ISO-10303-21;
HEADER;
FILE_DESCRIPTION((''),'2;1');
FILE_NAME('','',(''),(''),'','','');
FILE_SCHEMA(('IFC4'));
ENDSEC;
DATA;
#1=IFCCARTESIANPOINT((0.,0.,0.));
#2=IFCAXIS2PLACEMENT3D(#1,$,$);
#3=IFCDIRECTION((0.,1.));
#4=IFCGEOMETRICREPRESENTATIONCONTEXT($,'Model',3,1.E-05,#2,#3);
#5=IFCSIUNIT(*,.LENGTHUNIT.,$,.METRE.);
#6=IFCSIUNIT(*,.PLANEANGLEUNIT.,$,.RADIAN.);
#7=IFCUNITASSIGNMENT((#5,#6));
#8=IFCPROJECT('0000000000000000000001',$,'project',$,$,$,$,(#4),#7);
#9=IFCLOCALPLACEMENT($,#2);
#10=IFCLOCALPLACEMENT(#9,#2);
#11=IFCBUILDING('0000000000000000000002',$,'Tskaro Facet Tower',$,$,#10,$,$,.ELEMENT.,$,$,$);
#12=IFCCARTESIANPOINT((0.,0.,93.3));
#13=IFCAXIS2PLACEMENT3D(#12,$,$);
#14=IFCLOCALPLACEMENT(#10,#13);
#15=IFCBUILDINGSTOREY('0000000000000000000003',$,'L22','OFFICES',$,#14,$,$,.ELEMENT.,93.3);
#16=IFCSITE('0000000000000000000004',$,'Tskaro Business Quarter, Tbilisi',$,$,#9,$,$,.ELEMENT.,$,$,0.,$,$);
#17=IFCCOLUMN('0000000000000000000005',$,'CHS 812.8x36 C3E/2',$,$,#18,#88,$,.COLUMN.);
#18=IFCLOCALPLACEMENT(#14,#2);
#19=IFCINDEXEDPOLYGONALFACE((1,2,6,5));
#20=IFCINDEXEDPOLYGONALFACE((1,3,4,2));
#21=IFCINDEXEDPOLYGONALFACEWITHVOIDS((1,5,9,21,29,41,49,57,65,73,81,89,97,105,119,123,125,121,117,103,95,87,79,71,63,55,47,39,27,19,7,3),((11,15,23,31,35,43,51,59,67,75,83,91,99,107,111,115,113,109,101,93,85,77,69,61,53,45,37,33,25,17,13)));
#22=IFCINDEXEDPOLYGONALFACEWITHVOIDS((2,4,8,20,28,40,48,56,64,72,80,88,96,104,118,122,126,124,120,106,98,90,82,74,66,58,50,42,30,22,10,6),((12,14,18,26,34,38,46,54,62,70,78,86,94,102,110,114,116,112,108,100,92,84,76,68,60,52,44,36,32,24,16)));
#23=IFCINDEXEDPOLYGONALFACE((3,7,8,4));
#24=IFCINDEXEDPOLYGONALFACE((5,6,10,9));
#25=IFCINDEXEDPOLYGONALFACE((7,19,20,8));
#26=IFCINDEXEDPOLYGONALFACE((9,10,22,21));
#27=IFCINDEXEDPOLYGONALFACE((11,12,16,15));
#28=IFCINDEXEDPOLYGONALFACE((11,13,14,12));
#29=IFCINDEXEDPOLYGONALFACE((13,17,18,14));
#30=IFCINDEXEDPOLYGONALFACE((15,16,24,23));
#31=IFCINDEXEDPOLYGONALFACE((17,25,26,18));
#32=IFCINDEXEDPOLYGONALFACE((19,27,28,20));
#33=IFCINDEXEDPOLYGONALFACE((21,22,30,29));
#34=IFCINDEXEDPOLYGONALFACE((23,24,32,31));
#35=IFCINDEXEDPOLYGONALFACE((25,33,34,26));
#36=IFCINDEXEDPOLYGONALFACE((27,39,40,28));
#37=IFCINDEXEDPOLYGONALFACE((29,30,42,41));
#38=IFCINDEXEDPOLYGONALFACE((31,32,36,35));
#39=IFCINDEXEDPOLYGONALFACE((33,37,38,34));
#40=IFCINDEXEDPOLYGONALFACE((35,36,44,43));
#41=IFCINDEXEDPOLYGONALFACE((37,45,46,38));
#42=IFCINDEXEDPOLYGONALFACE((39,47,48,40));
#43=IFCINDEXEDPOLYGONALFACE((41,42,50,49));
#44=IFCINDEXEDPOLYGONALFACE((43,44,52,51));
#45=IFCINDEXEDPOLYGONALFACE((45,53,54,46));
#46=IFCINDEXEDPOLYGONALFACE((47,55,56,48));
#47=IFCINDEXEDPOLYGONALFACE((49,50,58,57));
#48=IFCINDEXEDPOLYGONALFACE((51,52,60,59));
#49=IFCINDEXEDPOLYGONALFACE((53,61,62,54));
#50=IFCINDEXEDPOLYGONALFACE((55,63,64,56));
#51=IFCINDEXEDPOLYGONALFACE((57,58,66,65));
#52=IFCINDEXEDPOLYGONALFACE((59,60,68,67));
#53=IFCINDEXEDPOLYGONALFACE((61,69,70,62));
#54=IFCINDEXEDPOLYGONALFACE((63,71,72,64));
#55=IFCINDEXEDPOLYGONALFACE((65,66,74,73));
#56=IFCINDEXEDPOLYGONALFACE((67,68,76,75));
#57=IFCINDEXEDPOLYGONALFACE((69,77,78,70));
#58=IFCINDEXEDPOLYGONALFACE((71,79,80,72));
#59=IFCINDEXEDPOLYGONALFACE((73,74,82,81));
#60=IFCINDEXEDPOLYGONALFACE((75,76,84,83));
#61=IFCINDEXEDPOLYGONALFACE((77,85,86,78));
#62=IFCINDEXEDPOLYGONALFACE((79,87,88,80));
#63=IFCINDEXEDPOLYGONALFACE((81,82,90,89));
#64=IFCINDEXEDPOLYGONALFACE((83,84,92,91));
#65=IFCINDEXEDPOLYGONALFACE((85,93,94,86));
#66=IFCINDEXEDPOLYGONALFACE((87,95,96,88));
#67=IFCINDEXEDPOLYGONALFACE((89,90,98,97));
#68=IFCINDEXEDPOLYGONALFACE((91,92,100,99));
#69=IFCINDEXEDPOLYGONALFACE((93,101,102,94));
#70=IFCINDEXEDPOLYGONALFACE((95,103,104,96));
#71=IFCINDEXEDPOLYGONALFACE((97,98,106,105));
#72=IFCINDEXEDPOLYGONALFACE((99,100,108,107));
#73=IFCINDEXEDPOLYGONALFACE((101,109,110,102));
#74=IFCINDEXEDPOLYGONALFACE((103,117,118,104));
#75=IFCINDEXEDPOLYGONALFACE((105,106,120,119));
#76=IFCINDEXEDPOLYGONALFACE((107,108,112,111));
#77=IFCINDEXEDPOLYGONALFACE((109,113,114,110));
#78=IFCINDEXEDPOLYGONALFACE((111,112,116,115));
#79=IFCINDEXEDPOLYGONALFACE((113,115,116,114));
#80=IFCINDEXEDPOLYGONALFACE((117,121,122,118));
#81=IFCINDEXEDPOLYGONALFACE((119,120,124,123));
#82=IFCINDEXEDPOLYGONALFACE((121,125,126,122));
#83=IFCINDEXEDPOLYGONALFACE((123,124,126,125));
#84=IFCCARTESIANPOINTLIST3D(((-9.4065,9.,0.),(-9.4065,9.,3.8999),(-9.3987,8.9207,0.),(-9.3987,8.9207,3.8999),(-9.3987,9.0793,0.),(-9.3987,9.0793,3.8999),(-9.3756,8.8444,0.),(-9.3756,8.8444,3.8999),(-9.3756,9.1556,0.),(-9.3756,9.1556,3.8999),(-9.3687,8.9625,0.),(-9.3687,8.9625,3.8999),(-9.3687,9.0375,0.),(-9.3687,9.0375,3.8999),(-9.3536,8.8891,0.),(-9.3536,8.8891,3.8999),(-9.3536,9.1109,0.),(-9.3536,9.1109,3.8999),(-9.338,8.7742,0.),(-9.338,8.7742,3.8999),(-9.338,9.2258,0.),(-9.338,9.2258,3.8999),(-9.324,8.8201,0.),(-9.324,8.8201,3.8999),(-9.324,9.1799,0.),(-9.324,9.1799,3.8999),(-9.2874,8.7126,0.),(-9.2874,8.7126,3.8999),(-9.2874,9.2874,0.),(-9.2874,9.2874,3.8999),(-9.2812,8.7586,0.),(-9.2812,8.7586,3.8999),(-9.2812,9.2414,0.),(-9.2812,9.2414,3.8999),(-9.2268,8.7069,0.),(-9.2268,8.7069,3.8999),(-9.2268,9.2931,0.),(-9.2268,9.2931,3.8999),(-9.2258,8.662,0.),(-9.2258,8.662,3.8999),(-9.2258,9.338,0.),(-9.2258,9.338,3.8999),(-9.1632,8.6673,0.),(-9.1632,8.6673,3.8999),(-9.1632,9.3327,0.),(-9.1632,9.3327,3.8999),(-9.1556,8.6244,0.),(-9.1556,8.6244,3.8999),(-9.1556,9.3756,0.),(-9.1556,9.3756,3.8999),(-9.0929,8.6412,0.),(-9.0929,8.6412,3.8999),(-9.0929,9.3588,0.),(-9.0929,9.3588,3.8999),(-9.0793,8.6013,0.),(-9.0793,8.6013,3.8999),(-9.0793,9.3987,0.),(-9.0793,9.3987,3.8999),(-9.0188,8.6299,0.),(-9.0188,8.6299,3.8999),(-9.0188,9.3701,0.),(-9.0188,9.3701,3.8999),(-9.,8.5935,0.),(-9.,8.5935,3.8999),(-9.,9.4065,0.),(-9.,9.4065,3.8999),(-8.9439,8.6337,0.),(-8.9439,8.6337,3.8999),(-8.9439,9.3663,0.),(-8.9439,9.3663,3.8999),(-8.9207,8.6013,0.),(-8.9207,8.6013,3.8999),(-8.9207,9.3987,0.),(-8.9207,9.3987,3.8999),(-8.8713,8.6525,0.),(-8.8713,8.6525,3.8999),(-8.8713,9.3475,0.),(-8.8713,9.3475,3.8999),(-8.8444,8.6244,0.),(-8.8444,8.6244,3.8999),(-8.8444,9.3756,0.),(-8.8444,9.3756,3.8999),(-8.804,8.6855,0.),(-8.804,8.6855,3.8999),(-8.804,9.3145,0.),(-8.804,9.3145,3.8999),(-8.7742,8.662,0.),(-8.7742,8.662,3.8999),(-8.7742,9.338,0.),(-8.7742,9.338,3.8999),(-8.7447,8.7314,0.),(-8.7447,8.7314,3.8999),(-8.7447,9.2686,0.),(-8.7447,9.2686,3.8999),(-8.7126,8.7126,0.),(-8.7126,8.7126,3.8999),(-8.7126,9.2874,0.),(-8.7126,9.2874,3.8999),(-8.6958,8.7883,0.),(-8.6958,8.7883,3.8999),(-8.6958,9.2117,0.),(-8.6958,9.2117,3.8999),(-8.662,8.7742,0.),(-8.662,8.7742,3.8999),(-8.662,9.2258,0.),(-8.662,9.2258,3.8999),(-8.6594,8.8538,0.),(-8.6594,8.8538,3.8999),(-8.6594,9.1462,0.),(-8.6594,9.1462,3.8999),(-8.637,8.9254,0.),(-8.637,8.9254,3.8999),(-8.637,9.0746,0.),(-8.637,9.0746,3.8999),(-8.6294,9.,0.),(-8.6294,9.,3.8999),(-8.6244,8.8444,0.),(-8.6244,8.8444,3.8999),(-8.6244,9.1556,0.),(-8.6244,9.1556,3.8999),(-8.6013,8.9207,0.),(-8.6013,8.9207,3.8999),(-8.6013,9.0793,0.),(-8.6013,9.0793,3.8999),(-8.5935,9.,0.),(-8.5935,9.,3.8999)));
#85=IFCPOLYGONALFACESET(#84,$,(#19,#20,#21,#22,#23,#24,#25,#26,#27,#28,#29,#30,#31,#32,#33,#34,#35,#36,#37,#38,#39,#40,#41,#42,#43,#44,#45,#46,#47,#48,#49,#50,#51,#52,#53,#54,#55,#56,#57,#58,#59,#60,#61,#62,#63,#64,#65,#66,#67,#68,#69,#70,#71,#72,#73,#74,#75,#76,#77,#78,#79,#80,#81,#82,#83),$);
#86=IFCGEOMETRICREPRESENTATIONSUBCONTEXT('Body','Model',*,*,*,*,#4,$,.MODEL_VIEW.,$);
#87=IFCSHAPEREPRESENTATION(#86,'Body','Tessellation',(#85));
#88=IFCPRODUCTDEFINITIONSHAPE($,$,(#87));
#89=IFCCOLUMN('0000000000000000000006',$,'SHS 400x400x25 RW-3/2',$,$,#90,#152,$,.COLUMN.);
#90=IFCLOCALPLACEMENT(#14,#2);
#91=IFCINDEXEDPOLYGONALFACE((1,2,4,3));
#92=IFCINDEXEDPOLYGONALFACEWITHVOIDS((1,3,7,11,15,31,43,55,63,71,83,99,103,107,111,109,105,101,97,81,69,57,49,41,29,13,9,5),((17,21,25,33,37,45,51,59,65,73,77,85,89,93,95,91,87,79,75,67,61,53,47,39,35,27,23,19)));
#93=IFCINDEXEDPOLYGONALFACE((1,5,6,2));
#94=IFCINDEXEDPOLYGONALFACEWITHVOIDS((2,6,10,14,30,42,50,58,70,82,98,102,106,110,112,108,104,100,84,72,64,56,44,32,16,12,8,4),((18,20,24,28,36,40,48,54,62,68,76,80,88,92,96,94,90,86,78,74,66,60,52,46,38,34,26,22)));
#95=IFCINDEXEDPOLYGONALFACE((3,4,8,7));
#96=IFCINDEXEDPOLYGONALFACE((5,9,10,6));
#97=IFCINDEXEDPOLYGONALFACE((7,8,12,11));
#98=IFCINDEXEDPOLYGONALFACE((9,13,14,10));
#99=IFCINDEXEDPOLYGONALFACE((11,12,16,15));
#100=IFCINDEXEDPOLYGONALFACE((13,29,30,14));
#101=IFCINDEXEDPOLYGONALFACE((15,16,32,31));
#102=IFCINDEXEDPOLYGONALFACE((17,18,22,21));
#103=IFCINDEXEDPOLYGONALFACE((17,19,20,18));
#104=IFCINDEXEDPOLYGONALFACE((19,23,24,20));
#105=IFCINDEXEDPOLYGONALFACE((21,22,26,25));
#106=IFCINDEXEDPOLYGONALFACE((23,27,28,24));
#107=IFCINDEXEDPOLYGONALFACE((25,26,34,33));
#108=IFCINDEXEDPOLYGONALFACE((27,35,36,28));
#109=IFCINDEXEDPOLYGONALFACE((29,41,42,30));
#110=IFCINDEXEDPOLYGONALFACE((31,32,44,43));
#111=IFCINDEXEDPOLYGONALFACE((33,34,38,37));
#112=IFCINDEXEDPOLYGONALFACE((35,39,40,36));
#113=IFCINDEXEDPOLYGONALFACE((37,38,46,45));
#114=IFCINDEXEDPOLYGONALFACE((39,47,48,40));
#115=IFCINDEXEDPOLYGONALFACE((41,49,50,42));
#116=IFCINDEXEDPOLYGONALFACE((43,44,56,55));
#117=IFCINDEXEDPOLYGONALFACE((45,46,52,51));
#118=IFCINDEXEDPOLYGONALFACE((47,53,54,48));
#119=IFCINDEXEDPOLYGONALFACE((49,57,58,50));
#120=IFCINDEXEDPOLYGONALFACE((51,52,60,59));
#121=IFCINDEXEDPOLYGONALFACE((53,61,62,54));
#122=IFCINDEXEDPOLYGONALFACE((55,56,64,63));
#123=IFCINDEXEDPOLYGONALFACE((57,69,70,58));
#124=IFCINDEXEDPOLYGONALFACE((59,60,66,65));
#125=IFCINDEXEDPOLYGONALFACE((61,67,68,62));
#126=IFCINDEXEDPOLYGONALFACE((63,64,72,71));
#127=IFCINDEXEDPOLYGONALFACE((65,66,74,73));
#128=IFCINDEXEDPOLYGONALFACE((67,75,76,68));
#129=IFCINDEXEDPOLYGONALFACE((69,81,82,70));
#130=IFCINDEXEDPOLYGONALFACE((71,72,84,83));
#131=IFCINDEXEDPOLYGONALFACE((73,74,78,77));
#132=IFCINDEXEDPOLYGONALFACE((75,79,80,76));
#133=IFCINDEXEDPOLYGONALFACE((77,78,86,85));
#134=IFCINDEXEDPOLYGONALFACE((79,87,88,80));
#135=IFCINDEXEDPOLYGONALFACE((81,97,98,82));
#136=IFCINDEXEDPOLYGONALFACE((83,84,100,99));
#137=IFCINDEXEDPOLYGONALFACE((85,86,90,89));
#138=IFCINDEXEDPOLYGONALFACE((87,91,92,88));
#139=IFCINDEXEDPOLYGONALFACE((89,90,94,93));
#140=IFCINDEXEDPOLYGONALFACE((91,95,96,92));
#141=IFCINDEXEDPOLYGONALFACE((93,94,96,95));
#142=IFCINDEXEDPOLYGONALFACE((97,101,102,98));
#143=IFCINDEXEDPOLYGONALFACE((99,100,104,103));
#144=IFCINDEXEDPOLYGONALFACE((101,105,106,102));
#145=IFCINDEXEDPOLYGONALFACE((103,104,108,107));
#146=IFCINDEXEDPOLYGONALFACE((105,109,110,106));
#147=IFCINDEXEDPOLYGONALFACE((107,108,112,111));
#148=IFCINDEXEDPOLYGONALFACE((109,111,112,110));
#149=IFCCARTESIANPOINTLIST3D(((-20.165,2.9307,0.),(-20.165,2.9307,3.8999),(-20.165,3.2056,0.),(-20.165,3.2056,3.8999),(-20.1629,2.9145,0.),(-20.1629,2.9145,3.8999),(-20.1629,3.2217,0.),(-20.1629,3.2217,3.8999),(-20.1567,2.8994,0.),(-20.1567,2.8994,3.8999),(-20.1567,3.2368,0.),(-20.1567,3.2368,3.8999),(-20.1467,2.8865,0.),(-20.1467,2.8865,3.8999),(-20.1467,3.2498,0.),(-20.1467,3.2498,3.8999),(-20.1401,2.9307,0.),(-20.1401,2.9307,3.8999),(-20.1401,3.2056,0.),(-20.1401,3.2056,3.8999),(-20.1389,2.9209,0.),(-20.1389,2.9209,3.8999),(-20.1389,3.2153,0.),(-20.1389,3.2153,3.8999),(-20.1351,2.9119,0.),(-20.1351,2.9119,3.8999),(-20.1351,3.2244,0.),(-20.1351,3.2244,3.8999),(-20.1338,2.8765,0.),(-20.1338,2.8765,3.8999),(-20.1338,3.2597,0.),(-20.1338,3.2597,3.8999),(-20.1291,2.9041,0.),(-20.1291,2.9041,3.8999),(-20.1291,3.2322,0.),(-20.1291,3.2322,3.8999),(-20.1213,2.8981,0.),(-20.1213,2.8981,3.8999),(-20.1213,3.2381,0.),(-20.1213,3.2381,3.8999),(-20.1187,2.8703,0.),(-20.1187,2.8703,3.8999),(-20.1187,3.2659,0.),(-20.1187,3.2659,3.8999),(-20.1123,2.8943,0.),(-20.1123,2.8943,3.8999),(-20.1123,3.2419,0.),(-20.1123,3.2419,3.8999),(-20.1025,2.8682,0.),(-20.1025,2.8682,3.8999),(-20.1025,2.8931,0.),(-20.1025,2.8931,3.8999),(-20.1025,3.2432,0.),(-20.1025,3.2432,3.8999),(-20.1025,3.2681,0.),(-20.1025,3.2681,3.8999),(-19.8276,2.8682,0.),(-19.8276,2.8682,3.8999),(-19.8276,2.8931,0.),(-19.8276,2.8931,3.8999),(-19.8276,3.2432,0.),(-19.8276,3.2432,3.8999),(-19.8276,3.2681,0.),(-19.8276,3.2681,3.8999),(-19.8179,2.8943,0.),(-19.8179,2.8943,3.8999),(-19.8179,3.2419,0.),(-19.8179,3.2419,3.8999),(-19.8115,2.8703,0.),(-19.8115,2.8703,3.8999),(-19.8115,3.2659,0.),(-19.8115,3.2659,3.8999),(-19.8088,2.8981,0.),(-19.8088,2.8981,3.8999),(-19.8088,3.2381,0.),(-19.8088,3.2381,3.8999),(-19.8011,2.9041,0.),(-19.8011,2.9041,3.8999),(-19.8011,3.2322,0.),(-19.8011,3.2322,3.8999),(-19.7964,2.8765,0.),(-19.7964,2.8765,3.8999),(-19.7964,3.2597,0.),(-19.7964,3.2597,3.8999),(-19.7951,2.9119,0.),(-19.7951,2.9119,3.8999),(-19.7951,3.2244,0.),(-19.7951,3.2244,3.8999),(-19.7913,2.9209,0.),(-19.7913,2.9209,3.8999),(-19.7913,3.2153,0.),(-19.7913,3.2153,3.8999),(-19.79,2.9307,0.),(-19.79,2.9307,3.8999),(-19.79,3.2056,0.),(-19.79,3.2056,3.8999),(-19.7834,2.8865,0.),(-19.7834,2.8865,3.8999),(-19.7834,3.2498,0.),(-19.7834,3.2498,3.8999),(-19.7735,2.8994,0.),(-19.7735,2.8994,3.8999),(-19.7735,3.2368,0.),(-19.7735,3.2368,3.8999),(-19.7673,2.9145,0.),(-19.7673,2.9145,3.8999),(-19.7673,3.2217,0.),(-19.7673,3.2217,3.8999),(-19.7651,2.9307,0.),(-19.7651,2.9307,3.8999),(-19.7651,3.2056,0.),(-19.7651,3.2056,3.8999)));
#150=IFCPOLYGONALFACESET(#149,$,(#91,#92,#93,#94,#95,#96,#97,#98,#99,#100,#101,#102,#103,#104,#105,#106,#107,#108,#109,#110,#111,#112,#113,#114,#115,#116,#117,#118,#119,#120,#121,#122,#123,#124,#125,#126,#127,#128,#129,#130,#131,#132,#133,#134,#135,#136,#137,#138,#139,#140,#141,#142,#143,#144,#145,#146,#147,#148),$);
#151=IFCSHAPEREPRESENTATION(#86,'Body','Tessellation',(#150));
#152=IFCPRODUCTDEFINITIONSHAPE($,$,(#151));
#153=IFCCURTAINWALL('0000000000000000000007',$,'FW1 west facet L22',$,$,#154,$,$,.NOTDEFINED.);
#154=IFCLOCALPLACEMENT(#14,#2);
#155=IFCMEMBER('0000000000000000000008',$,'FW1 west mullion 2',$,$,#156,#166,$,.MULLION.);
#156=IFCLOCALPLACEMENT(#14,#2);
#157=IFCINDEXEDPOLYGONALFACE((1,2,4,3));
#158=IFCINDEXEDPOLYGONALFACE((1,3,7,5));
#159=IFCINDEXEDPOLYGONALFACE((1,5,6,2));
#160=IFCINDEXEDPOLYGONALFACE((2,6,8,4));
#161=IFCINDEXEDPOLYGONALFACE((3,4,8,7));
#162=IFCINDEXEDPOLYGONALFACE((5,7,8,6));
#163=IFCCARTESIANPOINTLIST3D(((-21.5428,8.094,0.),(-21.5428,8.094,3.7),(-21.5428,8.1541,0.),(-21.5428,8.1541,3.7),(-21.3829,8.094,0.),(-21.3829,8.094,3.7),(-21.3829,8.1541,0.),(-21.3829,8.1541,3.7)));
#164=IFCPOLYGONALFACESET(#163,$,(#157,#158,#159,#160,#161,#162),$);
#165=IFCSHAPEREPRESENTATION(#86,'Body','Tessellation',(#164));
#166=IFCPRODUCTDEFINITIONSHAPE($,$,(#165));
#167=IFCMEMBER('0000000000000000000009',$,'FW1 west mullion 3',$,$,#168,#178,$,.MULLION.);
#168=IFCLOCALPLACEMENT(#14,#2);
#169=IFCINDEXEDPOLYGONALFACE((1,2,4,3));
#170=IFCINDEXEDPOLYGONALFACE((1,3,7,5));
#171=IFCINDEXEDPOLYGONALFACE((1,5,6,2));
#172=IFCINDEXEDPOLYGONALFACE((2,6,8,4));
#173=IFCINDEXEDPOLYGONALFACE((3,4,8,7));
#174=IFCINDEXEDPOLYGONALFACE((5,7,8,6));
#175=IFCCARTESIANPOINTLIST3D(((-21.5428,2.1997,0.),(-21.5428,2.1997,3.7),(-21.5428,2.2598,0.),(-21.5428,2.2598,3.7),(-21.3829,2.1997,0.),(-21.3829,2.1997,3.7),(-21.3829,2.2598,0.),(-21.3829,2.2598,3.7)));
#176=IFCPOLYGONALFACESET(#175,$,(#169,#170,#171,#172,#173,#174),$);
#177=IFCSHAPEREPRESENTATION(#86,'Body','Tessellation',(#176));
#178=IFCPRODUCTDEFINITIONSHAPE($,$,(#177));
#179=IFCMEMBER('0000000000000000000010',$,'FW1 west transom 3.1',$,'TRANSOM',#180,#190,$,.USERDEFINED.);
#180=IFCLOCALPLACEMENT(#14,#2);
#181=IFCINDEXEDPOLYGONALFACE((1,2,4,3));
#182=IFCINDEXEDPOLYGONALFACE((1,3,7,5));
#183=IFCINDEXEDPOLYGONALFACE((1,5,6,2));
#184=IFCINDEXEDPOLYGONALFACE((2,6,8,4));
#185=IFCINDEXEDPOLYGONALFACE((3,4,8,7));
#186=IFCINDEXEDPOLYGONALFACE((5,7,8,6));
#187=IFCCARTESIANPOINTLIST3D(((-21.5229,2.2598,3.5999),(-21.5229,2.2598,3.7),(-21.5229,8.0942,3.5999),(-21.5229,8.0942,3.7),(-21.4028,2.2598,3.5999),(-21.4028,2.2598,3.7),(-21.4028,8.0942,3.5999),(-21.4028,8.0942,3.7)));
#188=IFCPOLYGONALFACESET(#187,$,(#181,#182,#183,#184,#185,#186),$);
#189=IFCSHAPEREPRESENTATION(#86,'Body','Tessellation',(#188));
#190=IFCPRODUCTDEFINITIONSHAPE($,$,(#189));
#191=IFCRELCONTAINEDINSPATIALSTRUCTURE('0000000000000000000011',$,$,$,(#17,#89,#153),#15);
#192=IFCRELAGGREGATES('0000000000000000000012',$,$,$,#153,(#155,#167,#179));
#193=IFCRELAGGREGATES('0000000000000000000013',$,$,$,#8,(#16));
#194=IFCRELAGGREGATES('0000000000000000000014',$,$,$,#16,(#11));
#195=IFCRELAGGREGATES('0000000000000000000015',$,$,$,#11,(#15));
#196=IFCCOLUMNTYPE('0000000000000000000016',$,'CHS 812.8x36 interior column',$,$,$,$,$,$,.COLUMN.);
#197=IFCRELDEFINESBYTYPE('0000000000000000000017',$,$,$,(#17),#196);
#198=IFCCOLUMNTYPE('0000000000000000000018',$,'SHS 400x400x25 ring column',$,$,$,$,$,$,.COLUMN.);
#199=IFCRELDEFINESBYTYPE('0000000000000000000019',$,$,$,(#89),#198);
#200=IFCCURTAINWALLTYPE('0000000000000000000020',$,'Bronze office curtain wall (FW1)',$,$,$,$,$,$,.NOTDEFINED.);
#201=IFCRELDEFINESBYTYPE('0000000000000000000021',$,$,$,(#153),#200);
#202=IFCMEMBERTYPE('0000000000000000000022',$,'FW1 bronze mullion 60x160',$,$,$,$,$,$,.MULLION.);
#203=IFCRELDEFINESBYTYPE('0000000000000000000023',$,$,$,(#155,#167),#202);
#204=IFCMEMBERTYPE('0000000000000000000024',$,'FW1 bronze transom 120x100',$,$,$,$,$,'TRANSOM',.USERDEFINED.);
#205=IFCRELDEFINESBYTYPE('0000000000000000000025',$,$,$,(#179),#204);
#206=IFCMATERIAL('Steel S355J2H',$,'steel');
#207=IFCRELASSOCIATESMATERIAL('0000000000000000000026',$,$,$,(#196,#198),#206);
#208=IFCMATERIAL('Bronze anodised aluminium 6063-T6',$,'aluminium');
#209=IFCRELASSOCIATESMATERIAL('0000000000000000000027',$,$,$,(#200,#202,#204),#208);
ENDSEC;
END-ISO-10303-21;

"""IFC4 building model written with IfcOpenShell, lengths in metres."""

from ifc_helpers import new_model, si_unit, direction, frame, origin, origin_2d, place, context, subcontext, project, spatial, rectangle, hollow_rectangle, hollow_circle, extrude, material, material_profile, profile_set, type_object, element, aggregate, save


model = new_model("IFC4")

# Units and contexts
model_context = context("Model", 3, precision=1e-05, world=origin(), true_north=direction((0.0, 1.0)))
body_context = subcontext(model_context, "Body", "Model", "MODEL_VIEW")
ifc_project = project(units=[si_unit("LENGTHUNIT", "METRE"), si_unit("PLANEANGLEUNIT", "RADIAN")], contexts=[model_context])

# Site, building, storey
site_placement = place(None, origin())
site = spatial("IfcSite", under=ifc_project, at=site_placement, Name="Tskaro Business Quarter, Tbilisi", CompositionType="ELEMENT", RefElevation=0.0)
building_placement = place(site_placement, origin())
building = spatial("IfcBuilding", under=site, at=building_placement, Name="Tskaro Facet Tower", CompositionType="ELEMENT")
storey_placement = place(building_placement, frame((0.0, 0.0, 93.3)))
storey = spatial("IfcBuildingStorey", under=building, at=storey_placement, Name="L22", Description="OFFICES", CompositionType="ELEMENT", Elevation=93.3)

# Columns
ifc_material_1 = material(Name="Steel S355J2H", Category="steel")
ifc_material_profile_1 = material_profile(ifc_material_1, hollow_circle(Radius=0.4065, WallThickness=0.0359, at=origin_2d()), Name="CHS 812.8x36")
ifc_profile_set_1 = profile_set([ifc_material_profile_1], Name="Steel S355J2H")
column_type_1 = type_object("IfcColumnType", Name="CHS 812.8x36 interior column", PredefinedType="COLUMN", material=ifc_profile_set_1)
column_1_placement = place(storey_placement, frame((-9.0, 9.0, 0.0), z_axis=(0.0, 0.0, 1.0), x_axis=(1.0, 0.0, 0.0)))
element("IfcColumn", 1, at=column_1_placement, inside=storey, type_object=column_type_1, Name="CHS 812.8x36 C3E/2", PredefinedType="COLUMN", context=body_context, shape_type="SweptSolid", body=[
    extrude(hollow_circle(Radius=0.4065, WallThickness=0.0359, at=origin_2d()), origin(), (0.0, 0.0, 1.0), 3.8999),
])
ifc_material_profile_2 = material_profile(ifc_material_1, hollow_rectangle(XDim=0.3999, YDim=0.3999, WallThickness=0.0249, InnerFilletRadius=0.0376, OuterFilletRadius=0.0625, at=origin_2d()), Name="SHS 400x400x25")
ifc_profile_set_2 = profile_set([ifc_material_profile_2], Name="Steel S355J2H")
column_type_2 = type_object("IfcColumnType", Name="SHS 400x400x25 ring column", PredefinedType="COLUMN", material=ifc_profile_set_2)
column_2_placement = place(storey_placement, frame((-19.9651, 3.0681, 0.0), z_axis=(0.0, 0.0, 1.0), x_axis=(1.0, 0.0, 0.0)))
element("IfcColumn", 2, at=column_2_placement, inside=storey, type_object=column_type_2, Name="SHS 400x400x25 RW-3/2", PredefinedType="COLUMN", context=body_context, shape_type="SweptSolid", body=[
    extrude(hollow_rectangle(XDim=0.3999, YDim=0.3999, WallThickness=0.0249, InnerFilletRadius=0.0376, OuterFilletRadius=0.0625, at=origin_2d()), origin(), (0.0, 0.0, 1.0), 3.8999),
])

# Curtain wall, members
ifc_material_2 = material(Name="Bronze anodised aluminium 6063-T6", Category="aluminium")
curtain_wall_type = type_object("IfcCurtainWallType", Name="Bronze office curtain wall (FW1)", PredefinedType="NOTDEFINED", material=ifc_material_2)
curtain_wall_placement = place(storey_placement, origin())
curtain_wall = element("IfcCurtainWall", 3, at=curtain_wall_placement, inside=storey, type_object=curtain_wall_type, Name="FW1 west facet L22", PredefinedType="NOTDEFINED")
ifc_material_profile_3 = material_profile(ifc_material_2, rectangle(XDim=0.0601, YDim=0.1599, at=origin_2d()), Name="Mullion 60x160")
ifc_profile_set_3 = profile_set([ifc_material_profile_3], Name="Bronze anodised aluminium 6063-T6")
member_type_1 = type_object("IfcMemberType", Name="FW1 bronze mullion 60x160", PredefinedType="MULLION", material=ifc_profile_set_3)
member_1_placement = place(storey_placement, frame((-21.4629, 8.124, 0.0), z_axis=(0.0, 0.0, 1.0), x_axis=(0.0, -1.0, 0.0)))
member_1 = element("IfcMember", 4, at=member_1_placement, type_object=member_type_1, Name="FW1 west mullion 2", PredefinedType="MULLION", context=body_context, shape_type="SweptSolid", body=[
    extrude(rectangle(XDim=0.0601, YDim=0.1599, at=origin_2d()), origin(), (0.0, 0.0, 1.0), 3.7),
])
member_2_placement = place(storey_placement, frame((-21.4629, 2.2297, 0.0), z_axis=(0.0, 0.0, 1.0), x_axis=(0.0, -1.0, 0.0)))
member_2 = element("IfcMember", 5, at=member_2_placement, type_object=member_type_1, Name="FW1 west mullion 3", PredefinedType="MULLION", context=body_context, shape_type="SweptSolid", body=[
    extrude(rectangle(XDim=0.0601, YDim=0.1599, at=origin_2d()), origin(), (0.0, 0.0, 1.0), 3.7),
])
ifc_material_profile_4 = material_profile(ifc_material_2, rectangle(XDim=0.1201, YDim=0.1001, at=origin_2d()), Name="Transom 120x100")
ifc_profile_set_4 = profile_set([ifc_material_profile_4], Name="Bronze anodised aluminium 6063-T6")
member_type_2 = type_object("IfcMemberType", Name="FW1 bronze transom 120x100", ElementType="TRANSOM", PredefinedType="USERDEFINED", material=ifc_profile_set_4)
member_3_placement = place(storey_placement, frame((-21.4629, 8.0942, 3.6499), z_axis=(0.0, -1.0, 0.0), x_axis=(1.0, 0.0, 0.0)))
member_3 = element("IfcMember", 6, at=member_3_placement, type_object=member_type_2, Name="FW1 west transom 3.1", ObjectType="TRANSOM", PredefinedType="USERDEFINED", context=body_context, shape_type="SweptSolid", body=[
    extrude(rectangle(XDim=0.1201, YDim=0.1001, at=origin_2d()), origin(), (0.0, 0.0, 1.0), 5.8345),
])

aggregate(curtain_wall, [member_1, member_2, member_3])

save(model, "model.ifc")
